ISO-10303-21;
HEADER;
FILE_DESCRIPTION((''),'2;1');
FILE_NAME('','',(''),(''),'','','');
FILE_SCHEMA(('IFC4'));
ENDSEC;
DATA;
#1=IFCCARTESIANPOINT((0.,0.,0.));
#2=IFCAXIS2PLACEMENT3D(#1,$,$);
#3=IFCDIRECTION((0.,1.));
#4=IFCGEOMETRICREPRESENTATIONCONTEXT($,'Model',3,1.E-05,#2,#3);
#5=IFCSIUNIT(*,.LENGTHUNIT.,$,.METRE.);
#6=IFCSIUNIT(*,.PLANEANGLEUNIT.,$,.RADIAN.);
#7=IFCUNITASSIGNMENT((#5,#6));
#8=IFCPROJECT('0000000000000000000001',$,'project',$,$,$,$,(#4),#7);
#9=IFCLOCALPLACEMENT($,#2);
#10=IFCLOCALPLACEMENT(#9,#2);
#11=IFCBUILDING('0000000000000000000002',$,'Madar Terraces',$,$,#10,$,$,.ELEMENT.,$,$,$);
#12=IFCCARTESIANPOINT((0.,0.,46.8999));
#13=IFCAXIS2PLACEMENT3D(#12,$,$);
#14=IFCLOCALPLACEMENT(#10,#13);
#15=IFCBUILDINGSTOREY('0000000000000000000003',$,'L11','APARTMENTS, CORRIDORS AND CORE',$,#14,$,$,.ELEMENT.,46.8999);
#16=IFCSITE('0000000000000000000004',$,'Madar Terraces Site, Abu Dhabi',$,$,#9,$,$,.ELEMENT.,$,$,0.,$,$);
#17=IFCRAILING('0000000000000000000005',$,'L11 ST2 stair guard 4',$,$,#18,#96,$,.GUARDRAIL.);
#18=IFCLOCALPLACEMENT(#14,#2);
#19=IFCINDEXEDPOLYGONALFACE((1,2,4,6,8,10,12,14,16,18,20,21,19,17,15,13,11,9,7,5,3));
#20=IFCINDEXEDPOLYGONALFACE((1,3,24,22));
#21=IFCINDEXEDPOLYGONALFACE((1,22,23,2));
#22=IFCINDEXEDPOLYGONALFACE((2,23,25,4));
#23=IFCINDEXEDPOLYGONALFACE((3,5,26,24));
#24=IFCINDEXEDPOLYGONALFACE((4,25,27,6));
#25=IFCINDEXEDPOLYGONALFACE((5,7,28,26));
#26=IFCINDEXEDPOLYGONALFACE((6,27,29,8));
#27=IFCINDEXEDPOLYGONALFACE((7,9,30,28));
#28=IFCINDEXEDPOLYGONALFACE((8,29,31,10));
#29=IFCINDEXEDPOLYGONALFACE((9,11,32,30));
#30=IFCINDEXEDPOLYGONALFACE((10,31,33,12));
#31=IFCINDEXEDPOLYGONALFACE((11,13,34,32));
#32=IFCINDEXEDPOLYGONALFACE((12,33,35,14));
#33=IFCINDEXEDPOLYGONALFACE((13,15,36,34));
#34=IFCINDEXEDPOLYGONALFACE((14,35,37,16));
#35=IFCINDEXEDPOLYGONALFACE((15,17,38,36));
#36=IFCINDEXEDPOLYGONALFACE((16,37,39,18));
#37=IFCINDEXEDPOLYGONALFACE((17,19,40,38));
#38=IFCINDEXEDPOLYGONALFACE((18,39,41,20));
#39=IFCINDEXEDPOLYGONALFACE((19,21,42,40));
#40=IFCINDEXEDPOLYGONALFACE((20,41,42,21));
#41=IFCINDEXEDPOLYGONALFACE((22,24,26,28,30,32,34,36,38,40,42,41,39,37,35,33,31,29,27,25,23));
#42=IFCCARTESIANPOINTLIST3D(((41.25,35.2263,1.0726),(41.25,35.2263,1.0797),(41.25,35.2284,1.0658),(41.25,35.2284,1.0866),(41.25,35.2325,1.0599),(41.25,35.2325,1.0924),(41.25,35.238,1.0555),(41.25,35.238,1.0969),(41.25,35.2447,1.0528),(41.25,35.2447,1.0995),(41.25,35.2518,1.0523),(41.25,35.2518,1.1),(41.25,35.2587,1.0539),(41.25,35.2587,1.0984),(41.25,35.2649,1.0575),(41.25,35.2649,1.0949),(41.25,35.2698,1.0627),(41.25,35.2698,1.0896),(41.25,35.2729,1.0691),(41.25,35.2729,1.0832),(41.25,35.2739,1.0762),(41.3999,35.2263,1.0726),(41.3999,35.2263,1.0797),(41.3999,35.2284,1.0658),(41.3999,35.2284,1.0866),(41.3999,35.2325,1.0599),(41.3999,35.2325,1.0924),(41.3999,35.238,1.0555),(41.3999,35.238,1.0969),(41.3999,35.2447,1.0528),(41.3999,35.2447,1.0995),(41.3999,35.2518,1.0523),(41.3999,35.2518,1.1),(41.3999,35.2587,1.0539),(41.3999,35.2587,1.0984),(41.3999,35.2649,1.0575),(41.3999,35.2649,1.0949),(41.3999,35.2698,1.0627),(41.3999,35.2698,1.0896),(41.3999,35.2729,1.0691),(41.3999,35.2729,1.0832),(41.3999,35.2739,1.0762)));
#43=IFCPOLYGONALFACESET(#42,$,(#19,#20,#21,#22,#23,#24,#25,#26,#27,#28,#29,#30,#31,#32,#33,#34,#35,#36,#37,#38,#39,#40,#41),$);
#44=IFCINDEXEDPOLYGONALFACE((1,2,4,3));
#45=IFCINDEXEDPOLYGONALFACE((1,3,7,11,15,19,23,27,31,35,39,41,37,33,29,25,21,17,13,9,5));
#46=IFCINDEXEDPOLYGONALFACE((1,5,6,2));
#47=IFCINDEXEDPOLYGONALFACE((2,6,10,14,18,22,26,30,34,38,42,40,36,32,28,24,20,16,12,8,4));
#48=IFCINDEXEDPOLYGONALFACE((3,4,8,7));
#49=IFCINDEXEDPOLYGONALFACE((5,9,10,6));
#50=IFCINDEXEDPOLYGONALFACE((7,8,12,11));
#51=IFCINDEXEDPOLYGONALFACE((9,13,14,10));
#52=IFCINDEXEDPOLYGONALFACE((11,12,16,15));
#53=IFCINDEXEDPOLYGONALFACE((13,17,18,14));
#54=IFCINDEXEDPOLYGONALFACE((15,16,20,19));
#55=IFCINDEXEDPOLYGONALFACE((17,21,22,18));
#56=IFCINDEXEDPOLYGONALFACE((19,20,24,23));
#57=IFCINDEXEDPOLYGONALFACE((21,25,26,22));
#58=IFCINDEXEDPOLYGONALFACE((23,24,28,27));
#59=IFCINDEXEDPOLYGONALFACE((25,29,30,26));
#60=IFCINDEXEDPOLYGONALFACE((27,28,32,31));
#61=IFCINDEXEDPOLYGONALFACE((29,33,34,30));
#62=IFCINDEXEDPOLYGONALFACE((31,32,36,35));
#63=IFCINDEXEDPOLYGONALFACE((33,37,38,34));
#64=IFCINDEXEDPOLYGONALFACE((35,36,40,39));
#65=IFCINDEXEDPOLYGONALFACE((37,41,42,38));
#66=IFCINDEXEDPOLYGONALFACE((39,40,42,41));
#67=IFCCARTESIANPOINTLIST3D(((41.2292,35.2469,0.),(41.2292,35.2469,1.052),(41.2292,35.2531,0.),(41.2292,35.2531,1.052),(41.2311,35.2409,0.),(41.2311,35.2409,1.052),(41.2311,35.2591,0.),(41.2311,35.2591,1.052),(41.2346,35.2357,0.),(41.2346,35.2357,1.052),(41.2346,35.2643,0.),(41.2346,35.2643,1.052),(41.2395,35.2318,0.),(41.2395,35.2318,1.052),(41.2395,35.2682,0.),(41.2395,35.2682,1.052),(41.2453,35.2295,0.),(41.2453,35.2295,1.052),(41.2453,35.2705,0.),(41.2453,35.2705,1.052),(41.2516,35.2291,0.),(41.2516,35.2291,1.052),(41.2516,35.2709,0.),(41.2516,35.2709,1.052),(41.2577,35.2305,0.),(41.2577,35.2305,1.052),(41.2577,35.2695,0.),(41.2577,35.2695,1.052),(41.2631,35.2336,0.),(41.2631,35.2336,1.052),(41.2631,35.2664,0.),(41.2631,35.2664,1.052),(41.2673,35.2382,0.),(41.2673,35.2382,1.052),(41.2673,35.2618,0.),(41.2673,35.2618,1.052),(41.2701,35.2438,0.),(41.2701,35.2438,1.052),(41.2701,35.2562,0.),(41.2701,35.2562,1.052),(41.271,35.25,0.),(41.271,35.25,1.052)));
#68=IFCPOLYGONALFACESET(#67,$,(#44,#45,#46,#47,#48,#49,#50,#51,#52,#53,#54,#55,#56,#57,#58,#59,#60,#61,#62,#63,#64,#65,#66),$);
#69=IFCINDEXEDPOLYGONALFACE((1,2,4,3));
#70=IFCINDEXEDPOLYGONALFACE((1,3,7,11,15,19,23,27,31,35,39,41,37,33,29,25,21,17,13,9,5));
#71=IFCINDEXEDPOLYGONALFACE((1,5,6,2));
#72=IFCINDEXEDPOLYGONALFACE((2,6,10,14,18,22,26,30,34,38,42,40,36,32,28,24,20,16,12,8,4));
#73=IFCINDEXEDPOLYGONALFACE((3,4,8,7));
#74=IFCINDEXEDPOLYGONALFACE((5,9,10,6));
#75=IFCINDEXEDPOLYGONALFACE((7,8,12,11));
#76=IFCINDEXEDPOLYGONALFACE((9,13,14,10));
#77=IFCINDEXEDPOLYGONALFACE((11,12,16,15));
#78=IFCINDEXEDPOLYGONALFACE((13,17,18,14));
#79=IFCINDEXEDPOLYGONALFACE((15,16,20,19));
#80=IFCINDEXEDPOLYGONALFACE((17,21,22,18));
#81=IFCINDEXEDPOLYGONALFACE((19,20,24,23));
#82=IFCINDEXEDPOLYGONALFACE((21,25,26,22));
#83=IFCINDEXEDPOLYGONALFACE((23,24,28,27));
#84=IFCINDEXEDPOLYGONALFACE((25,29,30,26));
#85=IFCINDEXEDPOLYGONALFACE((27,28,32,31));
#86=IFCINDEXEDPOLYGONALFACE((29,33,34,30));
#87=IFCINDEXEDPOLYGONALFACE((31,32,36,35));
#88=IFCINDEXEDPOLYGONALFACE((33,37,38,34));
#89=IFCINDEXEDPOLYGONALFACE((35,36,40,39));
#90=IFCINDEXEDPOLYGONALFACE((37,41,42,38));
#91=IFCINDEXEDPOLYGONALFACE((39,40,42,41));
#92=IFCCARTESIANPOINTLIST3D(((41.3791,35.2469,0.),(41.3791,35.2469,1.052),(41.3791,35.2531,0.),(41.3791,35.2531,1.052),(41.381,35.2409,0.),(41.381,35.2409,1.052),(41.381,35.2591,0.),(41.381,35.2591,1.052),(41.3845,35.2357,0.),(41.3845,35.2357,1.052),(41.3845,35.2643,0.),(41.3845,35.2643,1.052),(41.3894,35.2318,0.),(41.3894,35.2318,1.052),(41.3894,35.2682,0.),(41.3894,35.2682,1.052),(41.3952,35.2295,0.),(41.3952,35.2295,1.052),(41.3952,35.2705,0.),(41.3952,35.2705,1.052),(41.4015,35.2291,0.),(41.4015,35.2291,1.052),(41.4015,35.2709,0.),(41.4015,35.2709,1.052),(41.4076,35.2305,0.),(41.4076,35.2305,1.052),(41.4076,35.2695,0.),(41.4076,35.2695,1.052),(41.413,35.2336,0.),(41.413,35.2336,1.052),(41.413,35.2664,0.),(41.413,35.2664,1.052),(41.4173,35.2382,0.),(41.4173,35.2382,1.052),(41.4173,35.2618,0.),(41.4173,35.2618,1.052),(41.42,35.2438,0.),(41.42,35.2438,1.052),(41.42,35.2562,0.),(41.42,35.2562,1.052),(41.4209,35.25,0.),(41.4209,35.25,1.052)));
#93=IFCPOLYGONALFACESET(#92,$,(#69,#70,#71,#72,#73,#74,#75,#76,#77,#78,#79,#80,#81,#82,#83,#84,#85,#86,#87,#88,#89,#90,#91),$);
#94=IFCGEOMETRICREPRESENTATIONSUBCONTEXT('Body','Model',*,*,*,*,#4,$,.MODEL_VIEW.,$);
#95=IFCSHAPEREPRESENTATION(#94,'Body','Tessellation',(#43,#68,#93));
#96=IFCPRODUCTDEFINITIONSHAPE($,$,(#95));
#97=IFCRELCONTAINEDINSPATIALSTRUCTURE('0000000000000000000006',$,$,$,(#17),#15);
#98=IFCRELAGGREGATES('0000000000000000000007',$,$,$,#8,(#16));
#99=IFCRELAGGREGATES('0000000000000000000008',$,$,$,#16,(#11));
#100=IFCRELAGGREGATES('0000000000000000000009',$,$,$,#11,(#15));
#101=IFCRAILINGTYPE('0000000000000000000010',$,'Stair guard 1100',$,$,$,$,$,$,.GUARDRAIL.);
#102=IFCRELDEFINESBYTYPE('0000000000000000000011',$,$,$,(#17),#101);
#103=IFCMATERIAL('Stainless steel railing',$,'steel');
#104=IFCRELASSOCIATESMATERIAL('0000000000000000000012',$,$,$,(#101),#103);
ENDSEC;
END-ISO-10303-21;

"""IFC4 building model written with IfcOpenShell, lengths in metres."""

from ifc_helpers import new_model, si_unit, direction, frame, origin, origin_2d, place, context, subcontext, project, spatial, circle, extrude, material, type_object, element, save


model = new_model("IFC4")

# Units and contexts
model_context = context("Model", 3, precision=1e-05, world=origin(), true_north=direction((0.0, 1.0)))
body_context = subcontext(model_context, "Body", "Model", "MODEL_VIEW")
ifc_project = project(units=[si_unit("LENGTHUNIT", "METRE"), si_unit("PLANEANGLEUNIT", "RADIAN")], contexts=[model_context])

# Site, building, storey
site_placement = place(None, origin())
site = spatial("IfcSite", under=ifc_project, at=site_placement, Name="Madar Terraces Site, Abu Dhabi", CompositionType="ELEMENT", RefElevation=0.0)
building_placement = place(site_placement, origin())
building = spatial("IfcBuilding", under=site, at=building_placement, Name="Madar Terraces", CompositionType="ELEMENT")
storey_placement = place(building_placement, frame((0.0, 0.0, 46.8999)))
storey = spatial("IfcBuildingStorey", under=building, at=storey_placement, Name="L11", Description="APARTMENTS, CORRIDORS AND CORE", CompositionType="ELEMENT", Elevation=46.8999)

# Railing
ifc_material_1 = material(Name="Stainless steel railing", Category="steel")
railing_type_1 = type_object("IfcRailingType", Name="Stair guard 1100", PredefinedType="GUARDRAIL", material=ifc_material_1)
railing_1_placement = place(storey_placement, frame((41.25, 35.25, 0.0)))
element("IfcRailing", 1, at=railing_1_placement, inside=storey, type_object=railing_type_1, Name="L11 ST2 stair guard 4", PredefinedType="GUARDRAIL", context=body_context, shape_type="SweptSolid", body=[
    extrude(circle(Radius=0.0239, at=origin_2d()), frame((0.0, 0.0, 1.0762), z_axis=(1.0, 0.0, 0.0), x_axis=(0.0, 1.0, 0.0)), (0.0, 0.0, 1.0), 0.1499),
    extrude(circle(Radius=0.021, at=origin_2d()), origin(), (0.0, 0.0, 1.0), 1.052),
    extrude(circle(Radius=0.021, at=origin_2d()), frame((0.1499, 0.0, 0.0)), (0.0, 0.0, 1.0), 1.052),
])

save(model, "model.ifc")
